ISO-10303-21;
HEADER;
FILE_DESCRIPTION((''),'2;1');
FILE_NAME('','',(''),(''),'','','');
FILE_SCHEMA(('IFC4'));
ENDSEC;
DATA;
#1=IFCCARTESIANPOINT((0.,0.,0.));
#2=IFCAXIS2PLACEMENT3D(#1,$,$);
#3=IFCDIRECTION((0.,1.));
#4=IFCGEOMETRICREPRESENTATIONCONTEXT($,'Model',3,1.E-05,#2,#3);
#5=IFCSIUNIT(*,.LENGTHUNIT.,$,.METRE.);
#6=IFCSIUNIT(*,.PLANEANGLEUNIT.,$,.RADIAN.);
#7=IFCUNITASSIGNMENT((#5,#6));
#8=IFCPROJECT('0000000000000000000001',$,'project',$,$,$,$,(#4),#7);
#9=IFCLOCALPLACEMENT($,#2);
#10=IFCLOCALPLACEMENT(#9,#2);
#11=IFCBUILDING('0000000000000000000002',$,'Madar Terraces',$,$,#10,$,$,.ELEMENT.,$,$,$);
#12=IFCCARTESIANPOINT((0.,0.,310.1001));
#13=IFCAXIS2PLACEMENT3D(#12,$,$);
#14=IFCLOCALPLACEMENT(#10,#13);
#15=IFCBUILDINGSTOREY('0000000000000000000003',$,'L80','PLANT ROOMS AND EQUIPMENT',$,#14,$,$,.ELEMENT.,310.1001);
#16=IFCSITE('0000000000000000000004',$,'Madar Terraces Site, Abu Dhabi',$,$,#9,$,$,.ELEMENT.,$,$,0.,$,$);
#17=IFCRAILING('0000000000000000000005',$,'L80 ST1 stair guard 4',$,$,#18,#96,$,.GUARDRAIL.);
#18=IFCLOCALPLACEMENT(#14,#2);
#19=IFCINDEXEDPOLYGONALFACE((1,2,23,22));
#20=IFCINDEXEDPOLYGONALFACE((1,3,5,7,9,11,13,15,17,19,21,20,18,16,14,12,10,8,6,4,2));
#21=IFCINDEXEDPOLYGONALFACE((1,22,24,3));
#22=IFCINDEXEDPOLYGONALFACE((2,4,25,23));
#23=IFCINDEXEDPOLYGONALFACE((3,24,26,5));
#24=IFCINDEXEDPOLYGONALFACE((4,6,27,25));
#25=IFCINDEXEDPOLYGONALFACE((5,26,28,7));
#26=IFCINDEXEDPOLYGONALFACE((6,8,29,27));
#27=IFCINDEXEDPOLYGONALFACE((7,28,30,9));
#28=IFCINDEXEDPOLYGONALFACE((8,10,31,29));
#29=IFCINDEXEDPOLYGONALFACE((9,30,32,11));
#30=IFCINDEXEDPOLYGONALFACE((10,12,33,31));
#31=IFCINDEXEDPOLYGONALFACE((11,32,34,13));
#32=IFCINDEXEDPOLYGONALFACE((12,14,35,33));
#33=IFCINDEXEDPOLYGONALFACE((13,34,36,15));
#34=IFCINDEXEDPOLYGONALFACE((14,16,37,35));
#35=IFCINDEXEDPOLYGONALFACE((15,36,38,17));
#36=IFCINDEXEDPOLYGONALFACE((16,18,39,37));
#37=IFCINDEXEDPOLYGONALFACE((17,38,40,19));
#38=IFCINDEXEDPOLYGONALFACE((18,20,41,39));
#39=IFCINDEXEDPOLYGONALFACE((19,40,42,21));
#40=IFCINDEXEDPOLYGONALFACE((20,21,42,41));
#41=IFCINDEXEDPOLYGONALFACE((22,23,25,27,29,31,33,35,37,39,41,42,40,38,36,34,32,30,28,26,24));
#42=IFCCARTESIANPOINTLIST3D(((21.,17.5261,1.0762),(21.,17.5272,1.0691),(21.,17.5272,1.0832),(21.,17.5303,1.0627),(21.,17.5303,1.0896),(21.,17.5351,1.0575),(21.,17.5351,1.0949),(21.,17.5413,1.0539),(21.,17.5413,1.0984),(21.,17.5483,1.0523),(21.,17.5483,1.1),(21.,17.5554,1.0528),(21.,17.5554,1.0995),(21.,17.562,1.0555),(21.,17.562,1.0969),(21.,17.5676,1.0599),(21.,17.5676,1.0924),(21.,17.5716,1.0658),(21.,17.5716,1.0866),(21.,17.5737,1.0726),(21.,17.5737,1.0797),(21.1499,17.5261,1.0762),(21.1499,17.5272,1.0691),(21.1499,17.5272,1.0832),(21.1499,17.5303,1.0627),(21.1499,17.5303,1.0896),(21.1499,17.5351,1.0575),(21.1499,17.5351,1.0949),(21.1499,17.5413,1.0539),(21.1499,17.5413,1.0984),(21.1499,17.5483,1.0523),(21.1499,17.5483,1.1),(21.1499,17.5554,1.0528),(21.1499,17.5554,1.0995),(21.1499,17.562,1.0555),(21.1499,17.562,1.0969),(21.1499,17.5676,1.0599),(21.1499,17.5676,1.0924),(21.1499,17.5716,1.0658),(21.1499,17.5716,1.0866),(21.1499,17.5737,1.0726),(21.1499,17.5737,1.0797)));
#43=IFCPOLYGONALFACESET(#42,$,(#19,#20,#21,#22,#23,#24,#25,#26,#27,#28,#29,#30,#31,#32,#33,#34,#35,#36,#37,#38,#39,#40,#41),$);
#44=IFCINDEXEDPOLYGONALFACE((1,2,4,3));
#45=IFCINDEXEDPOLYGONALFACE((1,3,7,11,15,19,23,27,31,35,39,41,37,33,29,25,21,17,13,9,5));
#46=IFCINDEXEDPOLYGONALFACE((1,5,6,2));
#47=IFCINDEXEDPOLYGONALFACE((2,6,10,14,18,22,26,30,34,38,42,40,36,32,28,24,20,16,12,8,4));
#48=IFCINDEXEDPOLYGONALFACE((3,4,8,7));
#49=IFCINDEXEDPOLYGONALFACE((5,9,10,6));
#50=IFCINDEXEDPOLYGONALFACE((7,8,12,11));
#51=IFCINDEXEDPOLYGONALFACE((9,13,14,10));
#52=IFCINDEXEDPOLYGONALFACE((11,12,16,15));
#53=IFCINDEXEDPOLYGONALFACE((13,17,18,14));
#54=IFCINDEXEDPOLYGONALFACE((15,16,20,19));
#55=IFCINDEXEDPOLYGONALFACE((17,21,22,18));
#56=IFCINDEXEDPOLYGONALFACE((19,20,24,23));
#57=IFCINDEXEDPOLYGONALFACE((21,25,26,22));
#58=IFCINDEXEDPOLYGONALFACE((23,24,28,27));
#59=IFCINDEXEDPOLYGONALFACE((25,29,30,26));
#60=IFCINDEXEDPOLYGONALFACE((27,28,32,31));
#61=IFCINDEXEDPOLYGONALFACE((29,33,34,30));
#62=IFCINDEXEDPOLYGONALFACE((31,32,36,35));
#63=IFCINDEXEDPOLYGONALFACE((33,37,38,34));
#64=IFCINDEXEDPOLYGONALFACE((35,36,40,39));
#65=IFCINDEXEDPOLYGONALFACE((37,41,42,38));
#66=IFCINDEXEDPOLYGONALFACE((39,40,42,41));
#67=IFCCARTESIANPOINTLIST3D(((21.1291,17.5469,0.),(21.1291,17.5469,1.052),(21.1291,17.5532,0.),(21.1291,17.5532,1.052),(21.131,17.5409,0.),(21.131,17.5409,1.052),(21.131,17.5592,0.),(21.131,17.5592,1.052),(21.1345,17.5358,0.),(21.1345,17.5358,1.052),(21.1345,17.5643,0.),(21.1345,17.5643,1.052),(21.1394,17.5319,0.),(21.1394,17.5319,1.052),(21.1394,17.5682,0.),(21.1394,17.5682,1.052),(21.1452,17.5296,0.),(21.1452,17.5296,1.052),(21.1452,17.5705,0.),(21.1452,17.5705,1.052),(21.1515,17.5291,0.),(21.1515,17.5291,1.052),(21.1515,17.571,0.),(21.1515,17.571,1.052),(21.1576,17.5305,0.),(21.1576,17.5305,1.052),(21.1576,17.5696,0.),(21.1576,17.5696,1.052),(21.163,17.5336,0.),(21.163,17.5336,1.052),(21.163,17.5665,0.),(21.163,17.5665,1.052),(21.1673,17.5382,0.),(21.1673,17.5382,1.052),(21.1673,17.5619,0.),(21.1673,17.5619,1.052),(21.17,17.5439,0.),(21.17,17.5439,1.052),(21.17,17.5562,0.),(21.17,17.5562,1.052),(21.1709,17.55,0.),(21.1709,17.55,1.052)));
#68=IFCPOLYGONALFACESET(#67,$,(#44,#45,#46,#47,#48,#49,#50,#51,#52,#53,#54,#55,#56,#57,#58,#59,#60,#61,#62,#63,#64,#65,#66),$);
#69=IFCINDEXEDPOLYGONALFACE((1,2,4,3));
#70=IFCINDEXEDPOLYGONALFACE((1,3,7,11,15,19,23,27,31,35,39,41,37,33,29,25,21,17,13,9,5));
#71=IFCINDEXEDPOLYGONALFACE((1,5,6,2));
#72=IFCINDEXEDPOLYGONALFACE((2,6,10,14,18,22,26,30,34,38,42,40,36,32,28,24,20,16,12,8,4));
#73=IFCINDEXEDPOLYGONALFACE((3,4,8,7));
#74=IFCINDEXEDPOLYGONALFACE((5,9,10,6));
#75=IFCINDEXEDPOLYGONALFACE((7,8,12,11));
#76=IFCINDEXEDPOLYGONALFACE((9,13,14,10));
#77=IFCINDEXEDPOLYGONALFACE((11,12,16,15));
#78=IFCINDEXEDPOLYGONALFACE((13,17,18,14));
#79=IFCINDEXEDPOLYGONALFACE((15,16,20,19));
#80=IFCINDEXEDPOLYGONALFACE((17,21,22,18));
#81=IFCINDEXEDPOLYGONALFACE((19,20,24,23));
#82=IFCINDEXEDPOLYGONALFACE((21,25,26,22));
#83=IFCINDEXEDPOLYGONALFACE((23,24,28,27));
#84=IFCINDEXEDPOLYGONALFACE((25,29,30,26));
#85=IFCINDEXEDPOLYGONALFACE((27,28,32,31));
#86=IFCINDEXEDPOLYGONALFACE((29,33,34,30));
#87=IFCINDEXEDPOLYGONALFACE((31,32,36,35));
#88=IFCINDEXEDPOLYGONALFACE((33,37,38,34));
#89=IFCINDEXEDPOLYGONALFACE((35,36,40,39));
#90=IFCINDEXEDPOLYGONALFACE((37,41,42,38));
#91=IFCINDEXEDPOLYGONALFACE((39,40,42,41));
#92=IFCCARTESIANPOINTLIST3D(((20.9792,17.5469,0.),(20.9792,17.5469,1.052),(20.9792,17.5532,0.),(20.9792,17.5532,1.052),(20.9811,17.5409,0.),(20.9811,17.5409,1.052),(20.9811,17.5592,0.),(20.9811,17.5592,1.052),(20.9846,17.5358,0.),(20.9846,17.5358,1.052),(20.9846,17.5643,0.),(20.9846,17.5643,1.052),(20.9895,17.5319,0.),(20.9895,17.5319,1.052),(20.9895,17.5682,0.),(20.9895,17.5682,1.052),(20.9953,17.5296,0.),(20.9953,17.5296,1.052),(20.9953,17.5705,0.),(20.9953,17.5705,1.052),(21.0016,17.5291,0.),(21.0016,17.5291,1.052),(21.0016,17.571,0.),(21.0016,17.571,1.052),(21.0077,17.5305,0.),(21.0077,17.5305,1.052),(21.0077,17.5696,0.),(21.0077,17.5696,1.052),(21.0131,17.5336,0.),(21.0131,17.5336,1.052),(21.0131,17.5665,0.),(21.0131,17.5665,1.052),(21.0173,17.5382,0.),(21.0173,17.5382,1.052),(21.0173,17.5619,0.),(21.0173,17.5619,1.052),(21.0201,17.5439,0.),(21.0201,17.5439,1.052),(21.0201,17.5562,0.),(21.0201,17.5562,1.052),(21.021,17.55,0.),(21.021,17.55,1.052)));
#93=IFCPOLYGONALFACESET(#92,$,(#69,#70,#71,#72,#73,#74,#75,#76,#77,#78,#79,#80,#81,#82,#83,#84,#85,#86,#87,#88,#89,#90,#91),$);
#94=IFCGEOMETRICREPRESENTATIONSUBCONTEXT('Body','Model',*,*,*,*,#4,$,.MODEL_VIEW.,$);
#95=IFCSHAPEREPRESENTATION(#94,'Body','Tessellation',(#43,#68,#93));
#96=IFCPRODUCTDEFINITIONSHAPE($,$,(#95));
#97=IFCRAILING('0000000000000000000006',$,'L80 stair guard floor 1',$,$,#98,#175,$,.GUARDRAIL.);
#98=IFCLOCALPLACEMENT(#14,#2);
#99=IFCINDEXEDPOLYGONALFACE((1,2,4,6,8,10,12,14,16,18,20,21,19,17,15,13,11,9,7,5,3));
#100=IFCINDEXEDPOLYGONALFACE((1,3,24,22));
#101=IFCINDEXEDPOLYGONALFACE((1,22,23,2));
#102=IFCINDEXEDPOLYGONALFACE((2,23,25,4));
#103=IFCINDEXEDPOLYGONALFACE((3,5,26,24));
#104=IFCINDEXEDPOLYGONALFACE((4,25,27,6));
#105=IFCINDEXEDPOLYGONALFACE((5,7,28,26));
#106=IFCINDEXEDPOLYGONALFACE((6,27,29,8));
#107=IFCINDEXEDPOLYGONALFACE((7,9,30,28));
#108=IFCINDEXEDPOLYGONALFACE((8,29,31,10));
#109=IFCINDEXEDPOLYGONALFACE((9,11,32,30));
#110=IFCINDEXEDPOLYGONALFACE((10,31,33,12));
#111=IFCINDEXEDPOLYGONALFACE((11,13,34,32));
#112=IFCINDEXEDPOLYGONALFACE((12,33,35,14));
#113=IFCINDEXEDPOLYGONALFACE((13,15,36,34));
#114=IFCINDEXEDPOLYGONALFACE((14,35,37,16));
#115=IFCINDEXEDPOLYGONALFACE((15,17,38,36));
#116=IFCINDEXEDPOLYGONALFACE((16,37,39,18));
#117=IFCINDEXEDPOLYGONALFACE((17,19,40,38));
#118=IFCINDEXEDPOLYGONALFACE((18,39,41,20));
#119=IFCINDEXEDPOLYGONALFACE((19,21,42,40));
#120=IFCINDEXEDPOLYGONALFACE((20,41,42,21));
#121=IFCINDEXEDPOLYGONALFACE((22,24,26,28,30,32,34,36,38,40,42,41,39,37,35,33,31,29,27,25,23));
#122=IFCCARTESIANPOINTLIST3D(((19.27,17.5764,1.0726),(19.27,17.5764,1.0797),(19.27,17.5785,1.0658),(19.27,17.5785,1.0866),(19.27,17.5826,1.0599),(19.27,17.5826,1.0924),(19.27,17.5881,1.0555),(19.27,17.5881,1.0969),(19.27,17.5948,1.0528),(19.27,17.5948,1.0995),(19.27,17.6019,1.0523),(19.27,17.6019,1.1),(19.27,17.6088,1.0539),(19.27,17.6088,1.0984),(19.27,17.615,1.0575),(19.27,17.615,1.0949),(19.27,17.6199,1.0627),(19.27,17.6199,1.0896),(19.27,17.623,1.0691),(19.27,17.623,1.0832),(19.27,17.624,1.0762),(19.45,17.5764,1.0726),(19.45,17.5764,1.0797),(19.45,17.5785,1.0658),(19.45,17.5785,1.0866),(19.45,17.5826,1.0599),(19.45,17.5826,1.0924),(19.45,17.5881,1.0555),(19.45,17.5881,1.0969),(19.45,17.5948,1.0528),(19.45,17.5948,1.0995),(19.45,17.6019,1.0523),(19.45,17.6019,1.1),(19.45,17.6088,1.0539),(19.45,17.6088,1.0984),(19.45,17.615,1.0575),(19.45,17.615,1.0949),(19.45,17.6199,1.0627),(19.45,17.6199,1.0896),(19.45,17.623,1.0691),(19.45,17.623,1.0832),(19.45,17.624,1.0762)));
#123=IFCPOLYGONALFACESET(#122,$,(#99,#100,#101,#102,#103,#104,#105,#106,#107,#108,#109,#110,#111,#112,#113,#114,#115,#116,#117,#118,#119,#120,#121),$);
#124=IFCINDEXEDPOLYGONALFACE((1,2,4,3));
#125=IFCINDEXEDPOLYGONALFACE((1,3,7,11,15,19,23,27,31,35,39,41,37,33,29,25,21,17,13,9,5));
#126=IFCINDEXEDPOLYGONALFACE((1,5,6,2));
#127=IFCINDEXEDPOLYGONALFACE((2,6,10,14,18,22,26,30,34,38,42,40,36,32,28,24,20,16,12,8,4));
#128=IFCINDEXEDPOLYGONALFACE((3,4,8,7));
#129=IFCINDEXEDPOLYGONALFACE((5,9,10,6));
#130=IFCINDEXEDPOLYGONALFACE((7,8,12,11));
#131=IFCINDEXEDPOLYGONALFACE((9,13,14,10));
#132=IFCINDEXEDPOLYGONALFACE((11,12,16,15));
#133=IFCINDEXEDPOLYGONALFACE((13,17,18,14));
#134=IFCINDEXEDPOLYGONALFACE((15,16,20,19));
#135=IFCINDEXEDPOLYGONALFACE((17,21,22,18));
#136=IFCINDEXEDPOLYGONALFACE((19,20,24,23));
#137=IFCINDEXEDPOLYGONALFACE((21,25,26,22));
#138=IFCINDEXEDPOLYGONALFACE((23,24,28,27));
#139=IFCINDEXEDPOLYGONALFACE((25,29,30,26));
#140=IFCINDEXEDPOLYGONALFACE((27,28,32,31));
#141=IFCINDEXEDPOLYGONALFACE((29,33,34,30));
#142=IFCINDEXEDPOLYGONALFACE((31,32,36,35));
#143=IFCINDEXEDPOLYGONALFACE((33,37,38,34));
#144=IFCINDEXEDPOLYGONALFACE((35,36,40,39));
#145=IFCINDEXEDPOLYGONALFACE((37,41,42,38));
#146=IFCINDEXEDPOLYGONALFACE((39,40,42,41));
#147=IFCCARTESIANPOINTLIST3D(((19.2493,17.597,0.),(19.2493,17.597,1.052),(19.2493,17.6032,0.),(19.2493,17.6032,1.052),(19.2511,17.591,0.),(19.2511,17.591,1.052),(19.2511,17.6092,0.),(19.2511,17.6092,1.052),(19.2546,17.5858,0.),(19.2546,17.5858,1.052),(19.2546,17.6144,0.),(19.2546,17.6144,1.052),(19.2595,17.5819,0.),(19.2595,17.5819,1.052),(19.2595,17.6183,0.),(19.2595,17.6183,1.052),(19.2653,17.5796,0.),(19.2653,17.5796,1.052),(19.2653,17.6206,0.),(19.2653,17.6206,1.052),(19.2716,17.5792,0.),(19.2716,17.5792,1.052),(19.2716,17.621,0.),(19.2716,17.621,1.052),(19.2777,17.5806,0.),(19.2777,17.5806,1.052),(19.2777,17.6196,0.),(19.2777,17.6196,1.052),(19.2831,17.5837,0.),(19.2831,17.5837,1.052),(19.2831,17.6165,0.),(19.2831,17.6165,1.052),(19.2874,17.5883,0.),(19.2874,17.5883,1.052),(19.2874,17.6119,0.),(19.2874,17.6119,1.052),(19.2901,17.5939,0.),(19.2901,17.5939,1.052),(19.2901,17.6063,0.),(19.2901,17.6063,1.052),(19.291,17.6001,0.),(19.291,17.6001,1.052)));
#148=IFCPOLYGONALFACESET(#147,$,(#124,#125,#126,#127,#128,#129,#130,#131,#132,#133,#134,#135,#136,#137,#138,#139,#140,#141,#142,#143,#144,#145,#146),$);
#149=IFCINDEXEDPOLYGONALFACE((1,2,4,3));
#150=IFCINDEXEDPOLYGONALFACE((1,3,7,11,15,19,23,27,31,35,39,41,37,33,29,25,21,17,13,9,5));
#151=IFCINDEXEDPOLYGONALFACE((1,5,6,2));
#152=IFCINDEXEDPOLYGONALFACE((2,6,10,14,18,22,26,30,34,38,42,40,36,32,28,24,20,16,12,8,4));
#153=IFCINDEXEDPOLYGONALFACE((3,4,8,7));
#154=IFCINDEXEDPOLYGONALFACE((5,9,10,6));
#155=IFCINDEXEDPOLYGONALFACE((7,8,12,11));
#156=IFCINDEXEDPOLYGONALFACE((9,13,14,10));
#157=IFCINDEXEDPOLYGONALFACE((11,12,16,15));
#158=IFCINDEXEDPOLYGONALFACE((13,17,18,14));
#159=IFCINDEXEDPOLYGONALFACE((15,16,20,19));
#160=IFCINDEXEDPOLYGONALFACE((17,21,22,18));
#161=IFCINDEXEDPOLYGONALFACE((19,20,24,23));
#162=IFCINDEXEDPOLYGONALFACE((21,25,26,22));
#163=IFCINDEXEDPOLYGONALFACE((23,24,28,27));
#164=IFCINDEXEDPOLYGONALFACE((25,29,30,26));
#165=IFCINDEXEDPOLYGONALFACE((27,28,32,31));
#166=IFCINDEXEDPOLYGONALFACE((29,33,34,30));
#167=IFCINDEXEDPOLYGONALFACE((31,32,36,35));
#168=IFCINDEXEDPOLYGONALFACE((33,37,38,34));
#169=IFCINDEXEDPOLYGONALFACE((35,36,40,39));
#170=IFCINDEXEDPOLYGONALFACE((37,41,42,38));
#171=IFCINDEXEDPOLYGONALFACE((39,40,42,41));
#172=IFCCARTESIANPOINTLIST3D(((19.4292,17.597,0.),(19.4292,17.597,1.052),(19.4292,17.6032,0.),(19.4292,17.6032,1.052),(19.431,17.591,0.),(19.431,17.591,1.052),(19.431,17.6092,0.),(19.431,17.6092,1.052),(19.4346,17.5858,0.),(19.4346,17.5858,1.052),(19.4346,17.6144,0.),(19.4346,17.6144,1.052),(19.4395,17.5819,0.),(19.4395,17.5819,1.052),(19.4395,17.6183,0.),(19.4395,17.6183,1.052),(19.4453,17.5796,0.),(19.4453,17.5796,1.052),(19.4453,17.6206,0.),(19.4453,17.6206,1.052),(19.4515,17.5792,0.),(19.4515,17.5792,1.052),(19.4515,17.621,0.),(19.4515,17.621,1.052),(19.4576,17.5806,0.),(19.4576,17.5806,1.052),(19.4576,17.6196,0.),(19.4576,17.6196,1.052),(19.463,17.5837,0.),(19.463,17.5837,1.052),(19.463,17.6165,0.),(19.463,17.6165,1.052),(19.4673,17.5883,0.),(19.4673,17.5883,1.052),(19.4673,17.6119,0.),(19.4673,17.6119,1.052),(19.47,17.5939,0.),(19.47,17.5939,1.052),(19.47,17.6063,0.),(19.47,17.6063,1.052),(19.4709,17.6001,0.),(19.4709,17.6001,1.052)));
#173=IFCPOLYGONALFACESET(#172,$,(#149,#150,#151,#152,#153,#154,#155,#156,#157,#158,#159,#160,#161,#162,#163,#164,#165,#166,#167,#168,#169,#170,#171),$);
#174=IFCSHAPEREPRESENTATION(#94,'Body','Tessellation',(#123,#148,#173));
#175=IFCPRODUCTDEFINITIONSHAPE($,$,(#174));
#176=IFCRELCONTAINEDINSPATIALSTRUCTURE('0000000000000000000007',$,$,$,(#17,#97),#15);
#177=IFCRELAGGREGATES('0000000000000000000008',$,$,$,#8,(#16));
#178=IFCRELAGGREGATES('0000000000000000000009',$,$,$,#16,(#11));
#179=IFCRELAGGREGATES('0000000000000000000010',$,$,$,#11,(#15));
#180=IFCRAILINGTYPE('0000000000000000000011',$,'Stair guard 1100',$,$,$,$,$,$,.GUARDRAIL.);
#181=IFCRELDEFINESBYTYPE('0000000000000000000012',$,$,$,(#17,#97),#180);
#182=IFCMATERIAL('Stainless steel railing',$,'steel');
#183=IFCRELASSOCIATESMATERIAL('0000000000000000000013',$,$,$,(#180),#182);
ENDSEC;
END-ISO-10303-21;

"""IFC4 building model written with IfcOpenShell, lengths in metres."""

from ifc_helpers import new_model, si_unit, direction, frame, origin, origin_2d, place, context, subcontext, project, spatial, circle, extrude, material, type_object, element, save


model = new_model("IFC4")

# Units and contexts
model_context = context("Model", 3, precision=1e-05, world=origin(), true_north=direction((0.0, 1.0)))
body_context = subcontext(model_context, "Body", "Model", "MODEL_VIEW")
ifc_project = project(units=[si_unit("LENGTHUNIT", "METRE"), si_unit("PLANEANGLEUNIT", "RADIAN")], contexts=[model_context])

# Site, building, storey
site_placement = place(None, origin())
site = spatial("IfcSite", under=ifc_project, at=site_placement, Name="Madar Terraces Site, Abu Dhabi", CompositionType="ELEMENT", RefElevation=0.0)
building_placement = place(site_placement, origin())
building = spatial("IfcBuilding", under=site, at=building_placement, Name="Madar Terraces", CompositionType="ELEMENT")
storey_placement = place(building_placement, frame((0.0, 0.0, 310.1001)))
storey = spatial("IfcBuildingStorey", under=building, at=storey_placement, Name="L80", Description="PLANT ROOMS AND EQUIPMENT", CompositionType="ELEMENT", Elevation=310.1001)

# Railings
ifc_material_1 = material(Name="Stainless steel railing", Category="steel")
railing_type_1 = type_object("IfcRailingType", Name="Stair guard 1100", PredefinedType="GUARDRAIL", material=ifc_material_1)
railing_1_placement = place(storey_placement, frame((21.1499, 17.55, 0.0)))
element("IfcRailing", 1, at=railing_1_placement, inside=storey, type_object=railing_type_1, Name="L80 ST1 stair guard 4", PredefinedType="GUARDRAIL", context=body_context, shape_type="SweptSolid", body=[
    extrude(circle(Radius=0.0239, at=origin_2d()), frame((0.0, 0.0, 1.0762), z_axis=(-1.0, 0.0, 0.0), x_axis=(0.0, -1.0, 0.0)), (0.0, 0.0, 1.0), 0.1499),
    extrude(circle(Radius=0.021, at=origin_2d()), origin(), (0.0, 0.0, 1.0), 1.052),
    extrude(circle(Radius=0.021, at=origin_2d()), frame((-0.1499, 0.0, 0.0)), (0.0, 0.0, 1.0), 1.052),
])
for number, where, name in (
    (2, (19.27, 17.6001, 0.0), "L80 stair guard floor 1"),
):
    element("IfcRailing", number, at=place(storey_placement, frame(where)), inside=storey, type_object=railing_type_1, Name=name, PredefinedType="GUARDRAIL", context=body_context, shape_type="SweptSolid", body=[
        extrude(circle(Radius=0.0239, at=origin_2d()), frame((0.0, 0.0, 1.0762), z_axis=(1.0, 0.0, 0.0), x_axis=(0.0, 1.0, 0.0)), (0.0, 0.0, 1.0), 0.1799),
        extrude(circle(Radius=0.021, at=origin_2d()), origin(), (0.0, 0.0, 1.0), 1.052),
        extrude(circle(Radius=0.021, at=origin_2d()), frame((0.1799, 0.0, 0.0)), (0.0, 0.0, 1.0), 1.052),
    ])

save(model, "model.ifc")
